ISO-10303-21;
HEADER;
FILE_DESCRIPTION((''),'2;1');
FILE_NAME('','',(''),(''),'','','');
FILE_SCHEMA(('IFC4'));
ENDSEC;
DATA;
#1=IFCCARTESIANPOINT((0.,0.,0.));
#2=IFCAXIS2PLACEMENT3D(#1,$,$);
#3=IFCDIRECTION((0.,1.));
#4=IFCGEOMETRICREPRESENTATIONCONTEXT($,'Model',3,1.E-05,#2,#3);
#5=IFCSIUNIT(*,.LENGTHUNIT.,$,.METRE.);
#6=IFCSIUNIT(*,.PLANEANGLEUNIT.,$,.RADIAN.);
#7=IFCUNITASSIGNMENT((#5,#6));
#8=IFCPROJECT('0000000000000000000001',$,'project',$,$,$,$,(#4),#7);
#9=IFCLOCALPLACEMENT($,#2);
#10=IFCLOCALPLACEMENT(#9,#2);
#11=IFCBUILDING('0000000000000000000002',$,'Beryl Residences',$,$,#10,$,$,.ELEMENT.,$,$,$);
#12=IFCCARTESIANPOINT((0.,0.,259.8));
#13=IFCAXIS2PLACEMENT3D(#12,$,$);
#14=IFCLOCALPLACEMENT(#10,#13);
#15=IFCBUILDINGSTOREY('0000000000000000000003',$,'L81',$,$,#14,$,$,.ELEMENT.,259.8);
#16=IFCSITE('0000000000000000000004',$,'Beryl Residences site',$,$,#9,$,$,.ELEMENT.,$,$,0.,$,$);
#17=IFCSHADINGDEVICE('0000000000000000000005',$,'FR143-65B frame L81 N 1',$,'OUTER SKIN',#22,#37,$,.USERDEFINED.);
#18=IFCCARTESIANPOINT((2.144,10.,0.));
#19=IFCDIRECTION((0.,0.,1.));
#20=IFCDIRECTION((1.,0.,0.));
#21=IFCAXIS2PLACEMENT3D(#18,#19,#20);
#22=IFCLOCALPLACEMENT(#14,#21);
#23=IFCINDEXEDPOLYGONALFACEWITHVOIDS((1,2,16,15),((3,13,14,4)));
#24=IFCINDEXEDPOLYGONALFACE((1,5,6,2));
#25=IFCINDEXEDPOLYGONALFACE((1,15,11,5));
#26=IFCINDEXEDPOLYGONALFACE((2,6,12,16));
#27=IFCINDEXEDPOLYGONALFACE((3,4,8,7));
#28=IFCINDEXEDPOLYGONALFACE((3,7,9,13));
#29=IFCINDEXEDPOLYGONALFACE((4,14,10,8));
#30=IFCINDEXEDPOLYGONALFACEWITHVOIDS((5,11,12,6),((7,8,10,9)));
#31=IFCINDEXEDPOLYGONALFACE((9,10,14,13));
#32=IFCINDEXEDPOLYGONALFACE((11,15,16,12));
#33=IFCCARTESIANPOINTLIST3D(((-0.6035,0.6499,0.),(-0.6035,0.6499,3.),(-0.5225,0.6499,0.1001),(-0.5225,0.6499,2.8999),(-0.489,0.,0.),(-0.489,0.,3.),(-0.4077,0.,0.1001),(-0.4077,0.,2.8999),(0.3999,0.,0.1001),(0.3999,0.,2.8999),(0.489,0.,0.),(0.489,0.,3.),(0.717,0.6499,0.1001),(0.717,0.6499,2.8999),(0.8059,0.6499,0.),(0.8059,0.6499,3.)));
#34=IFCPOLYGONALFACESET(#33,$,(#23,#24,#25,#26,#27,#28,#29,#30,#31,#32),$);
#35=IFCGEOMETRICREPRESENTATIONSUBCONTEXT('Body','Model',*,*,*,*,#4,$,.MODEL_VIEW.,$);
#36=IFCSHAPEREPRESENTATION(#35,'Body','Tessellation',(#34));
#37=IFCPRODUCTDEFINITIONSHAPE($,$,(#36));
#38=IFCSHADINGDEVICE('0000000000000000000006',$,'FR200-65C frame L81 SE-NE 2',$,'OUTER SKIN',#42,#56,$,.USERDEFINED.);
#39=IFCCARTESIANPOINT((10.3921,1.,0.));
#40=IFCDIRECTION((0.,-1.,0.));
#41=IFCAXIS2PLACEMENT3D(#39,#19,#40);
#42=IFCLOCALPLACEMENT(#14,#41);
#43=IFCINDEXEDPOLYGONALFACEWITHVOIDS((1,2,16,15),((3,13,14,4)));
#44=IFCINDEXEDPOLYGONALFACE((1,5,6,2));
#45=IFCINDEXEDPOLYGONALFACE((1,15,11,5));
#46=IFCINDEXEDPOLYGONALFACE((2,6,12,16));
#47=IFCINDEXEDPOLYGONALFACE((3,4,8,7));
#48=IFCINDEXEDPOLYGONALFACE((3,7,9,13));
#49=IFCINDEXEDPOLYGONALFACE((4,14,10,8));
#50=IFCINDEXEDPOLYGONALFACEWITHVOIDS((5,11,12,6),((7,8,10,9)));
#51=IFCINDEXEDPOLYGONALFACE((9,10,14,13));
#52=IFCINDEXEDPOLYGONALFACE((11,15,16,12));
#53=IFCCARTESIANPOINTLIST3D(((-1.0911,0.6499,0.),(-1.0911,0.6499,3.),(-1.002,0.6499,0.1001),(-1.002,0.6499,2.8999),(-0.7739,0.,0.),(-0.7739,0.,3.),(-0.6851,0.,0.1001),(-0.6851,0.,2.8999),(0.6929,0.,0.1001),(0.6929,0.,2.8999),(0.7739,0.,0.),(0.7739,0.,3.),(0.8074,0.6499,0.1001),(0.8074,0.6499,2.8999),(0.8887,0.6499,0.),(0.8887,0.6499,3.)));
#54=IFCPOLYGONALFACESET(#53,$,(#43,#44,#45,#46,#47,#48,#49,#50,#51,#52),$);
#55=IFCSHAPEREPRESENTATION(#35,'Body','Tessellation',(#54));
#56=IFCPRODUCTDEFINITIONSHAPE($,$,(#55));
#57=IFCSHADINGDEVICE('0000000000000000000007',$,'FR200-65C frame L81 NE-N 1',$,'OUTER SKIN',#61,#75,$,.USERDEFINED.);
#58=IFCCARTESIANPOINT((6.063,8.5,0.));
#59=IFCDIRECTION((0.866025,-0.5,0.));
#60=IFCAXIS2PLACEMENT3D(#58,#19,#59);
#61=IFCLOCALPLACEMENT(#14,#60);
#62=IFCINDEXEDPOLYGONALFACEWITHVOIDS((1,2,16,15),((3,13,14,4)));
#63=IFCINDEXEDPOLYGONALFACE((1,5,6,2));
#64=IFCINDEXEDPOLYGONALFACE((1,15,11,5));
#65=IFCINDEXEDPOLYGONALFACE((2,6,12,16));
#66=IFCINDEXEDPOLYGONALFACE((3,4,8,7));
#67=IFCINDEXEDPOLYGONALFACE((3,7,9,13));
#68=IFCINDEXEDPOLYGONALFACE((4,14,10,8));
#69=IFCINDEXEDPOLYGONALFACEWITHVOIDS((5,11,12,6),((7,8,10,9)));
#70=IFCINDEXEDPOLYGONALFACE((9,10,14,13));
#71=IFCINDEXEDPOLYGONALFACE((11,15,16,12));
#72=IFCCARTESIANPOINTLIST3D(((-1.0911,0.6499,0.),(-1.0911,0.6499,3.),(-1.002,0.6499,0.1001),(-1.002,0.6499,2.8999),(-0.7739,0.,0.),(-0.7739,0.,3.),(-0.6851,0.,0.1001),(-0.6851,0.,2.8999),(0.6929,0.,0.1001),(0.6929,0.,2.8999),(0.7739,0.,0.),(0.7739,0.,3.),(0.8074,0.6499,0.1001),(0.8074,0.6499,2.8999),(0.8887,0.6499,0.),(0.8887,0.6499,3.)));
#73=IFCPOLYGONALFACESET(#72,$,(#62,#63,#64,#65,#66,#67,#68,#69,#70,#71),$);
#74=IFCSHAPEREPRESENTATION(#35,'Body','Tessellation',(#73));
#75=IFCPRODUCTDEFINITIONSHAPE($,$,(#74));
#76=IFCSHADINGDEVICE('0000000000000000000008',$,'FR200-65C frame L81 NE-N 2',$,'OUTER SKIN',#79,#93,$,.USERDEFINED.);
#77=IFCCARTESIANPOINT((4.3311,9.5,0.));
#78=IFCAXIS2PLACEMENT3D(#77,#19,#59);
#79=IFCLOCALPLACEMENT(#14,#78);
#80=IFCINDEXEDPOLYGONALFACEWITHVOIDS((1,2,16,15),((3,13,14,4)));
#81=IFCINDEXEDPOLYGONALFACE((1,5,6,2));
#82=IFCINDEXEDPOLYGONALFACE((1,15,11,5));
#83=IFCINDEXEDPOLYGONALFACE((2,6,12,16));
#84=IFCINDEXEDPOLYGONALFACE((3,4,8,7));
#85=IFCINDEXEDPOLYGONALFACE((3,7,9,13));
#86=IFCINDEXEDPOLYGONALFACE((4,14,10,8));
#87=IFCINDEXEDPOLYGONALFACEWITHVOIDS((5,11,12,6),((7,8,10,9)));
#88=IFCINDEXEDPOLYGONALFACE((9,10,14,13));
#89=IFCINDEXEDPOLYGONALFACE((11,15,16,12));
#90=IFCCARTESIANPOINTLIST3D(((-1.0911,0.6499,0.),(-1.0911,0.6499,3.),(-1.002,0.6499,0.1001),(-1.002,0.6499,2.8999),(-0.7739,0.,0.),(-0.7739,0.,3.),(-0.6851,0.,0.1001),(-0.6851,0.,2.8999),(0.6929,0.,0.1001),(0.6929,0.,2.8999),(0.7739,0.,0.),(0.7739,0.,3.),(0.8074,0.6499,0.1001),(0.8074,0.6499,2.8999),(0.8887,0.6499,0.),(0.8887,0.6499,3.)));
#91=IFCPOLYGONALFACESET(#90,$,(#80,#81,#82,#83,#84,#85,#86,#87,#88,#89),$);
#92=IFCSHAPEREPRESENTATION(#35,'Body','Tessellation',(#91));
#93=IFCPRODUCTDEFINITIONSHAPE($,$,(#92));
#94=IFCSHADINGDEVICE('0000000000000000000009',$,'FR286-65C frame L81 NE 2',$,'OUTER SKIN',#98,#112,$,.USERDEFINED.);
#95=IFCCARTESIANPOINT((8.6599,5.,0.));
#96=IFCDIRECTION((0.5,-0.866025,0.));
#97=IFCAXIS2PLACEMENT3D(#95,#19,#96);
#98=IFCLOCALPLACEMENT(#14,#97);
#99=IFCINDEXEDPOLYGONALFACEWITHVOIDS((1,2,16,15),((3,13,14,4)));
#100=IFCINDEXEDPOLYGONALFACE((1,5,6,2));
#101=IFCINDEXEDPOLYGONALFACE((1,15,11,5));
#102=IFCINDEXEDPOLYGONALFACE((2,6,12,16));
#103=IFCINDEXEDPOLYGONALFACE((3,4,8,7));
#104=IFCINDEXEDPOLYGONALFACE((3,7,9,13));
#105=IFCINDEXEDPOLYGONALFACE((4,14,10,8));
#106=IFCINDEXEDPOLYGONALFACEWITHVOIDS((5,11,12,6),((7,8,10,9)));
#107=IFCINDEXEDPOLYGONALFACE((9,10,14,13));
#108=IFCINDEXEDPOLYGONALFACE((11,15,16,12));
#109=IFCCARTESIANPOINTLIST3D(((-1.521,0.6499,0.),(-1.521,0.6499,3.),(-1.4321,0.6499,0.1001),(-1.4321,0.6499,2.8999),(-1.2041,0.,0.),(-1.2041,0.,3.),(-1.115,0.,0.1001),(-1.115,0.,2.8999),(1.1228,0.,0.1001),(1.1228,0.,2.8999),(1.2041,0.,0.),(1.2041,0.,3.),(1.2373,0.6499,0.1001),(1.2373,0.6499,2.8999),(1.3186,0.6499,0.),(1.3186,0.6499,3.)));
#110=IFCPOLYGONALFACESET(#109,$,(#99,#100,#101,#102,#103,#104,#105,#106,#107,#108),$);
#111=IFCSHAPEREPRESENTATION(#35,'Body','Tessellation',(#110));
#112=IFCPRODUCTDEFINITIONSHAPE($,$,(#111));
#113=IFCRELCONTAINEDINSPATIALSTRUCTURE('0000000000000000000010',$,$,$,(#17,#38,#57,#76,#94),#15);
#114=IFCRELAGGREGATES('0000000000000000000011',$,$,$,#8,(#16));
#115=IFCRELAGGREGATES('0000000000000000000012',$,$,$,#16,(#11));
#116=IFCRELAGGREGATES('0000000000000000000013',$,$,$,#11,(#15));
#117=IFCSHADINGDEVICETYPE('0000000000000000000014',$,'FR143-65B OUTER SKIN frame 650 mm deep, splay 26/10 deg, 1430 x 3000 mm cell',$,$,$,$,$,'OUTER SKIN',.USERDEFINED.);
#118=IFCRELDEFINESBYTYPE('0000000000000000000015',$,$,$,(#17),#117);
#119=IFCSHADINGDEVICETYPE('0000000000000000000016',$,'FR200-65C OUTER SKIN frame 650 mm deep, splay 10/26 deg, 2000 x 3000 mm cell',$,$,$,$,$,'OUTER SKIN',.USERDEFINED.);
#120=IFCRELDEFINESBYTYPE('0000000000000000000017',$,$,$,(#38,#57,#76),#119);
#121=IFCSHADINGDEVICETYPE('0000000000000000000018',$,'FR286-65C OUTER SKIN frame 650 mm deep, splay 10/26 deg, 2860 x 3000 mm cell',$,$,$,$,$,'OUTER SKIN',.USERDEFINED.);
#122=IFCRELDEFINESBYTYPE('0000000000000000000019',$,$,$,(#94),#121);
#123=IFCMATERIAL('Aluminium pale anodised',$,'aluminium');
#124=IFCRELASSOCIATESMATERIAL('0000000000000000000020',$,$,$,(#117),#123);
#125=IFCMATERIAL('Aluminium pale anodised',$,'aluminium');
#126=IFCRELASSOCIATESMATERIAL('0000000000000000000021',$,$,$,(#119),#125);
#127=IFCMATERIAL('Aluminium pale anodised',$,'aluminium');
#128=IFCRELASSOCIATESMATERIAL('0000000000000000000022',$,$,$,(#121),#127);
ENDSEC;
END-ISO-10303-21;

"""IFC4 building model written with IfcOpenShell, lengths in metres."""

from ifc_helpers import new_model, entity, si_unit, direction, frame, origin, place, context, subcontext, project, spatial, source, transform, mapped, material, type_object, type_shapes, element, save


model = new_model("IFC4")

# Units and contexts
model_context = context("Model", 3, precision=1e-05, world=origin(), true_north=direction((0.0, 1.0)))
body_context = subcontext(model_context, "Body", "Model", "MODEL_VIEW")
ifc_project = project(units=[si_unit("LENGTHUNIT", "METRE"), si_unit("PLANEANGLEUNIT", "RADIAN")], contexts=[model_context])

# Site, building, storey
site_placement = place(None, origin())
site = spatial("IfcSite", under=ifc_project, at=site_placement, Name="Beryl Residences site", CompositionType="ELEMENT", RefElevation=0.0)
building_placement = place(site_placement, origin())
building = spatial("IfcBuilding", under=site, at=building_placement, Name="Beryl Residences", CompositionType="ELEMENT")
storey_placement = place(building_placement, frame((0.0, 0.0, 259.8)))
storey = spatial("IfcBuildingStorey", under=building, at=storey_placement, Name="L81", CompositionType="ELEMENT", Elevation=259.8)

# Shading devices
ifc_material_1 = material(Name="Aluminium pale anodised", Category="aluminium")
shading_device_type_1 = type_object("IfcShadingDeviceType", Name="FR143-65B OUTER SKIN frame 650 mm deep, splay 26/10 deg, 1430 x 3000 mm cell", ElementType="OUTER SKIN", PredefinedType="USERDEFINED", material=ifc_material_1)
cartesian_point_1 = entity("IfcCartesianPoint", [-0.489, 0.0])
cartesian_point_2 = entity("IfcCartesianPoint", [-0.3999, 0.1001])
cartesian_point_3 = entity("IfcCartesianPoint", [-0.8059, 0.0])
cartesian_point_4 = entity("IfcCartesianPoint", [-0.717, 0.1001])
shared_shape_1 = source(origin(), body_context, "Body", "SweptSolid", [
    entity("IfcExtrudedAreaSolidTapered", entity("IfcArbitraryProfileDefWithVoids", "AREA", None, entity("IfcPolyline", [cartesian_point_1, entity("IfcCartesianPoint", [0.489, 0.0]), entity("IfcCartesianPoint", [0.489, 3.0]), entity("IfcCartesianPoint", [-0.489, 3.0]), cartesian_point_1]), [entity("IfcPolyline", [cartesian_point_2, entity("IfcCartesianPoint", [0.4077, 0.1001]), entity("IfcCartesianPoint", [0.4077, 2.8999]), entity("IfcCartesianPoint", [-0.3999, 2.8999]), cartesian_point_2])]), entity("IfcAxis2Placement3D", entity("IfcCartesianPoint", [0.0, 0.0, 0.0]), entity("IfcDirection", [0.0, 1.0, 0.0]), entity("IfcDirection", [-1.0, 0.0, 0.0])), entity("IfcDirection", [0.0, 0.0, 1.0]), 0.6499, entity("IfcArbitraryProfileDefWithVoids", "AREA", None, entity("IfcPolyline", [cartesian_point_3, entity("IfcCartesianPoint", [0.6035, 0.0]), entity("IfcCartesianPoint", [0.6035, 3.0]), entity("IfcCartesianPoint", [-0.8059, 3.0]), cartesian_point_3]), [entity("IfcPolyline", [cartesian_point_4, entity("IfcCartesianPoint", [0.5225, 0.1001]), entity("IfcCartesianPoint", [0.5225, 2.8999]), entity("IfcCartesianPoint", [-0.717, 2.8999]), cartesian_point_4])])),
])
type_shapes(shading_device_type_1, [shared_shape_1])
shading_device_1_placement = place(storey_placement, frame((2.144, 10.0, 0.0), z_axis=(0.0, 0.0, 1.0), x_axis=(1.0, 0.0, 0.0)))
element("IfcShadingDevice", 1, at=shading_device_1_placement, inside=storey, type_object=shading_device_type_1, Name="FR143-65B frame L81 N 1", ObjectType="OUTER SKIN", PredefinedType="USERDEFINED", context=body_context, shape_type="MappedRepresentation", body=[
    mapped(shared_shape_1, transform((0.0, 0.0, 0.0))),
])
ifc_material_2 = material(Name="Aluminium pale anodised", Category="aluminium")
shading_device_type_2 = type_object("IfcShadingDeviceType", Name="FR200-65C OUTER SKIN frame 650 mm deep, splay 10/26 deg, 2000 x 3000 mm cell", ElementType="OUTER SKIN", PredefinedType="USERDEFINED", material=ifc_material_2)
cartesian_point_5 = entity("IfcCartesianPoint", [-0.7739, 0.0])
cartesian_point_6 = entity("IfcCartesianPoint", [-0.6929, 0.1001])
cartesian_point_7 = entity("IfcCartesianPoint", [-0.8887, 0.0])
cartesian_point_8 = entity("IfcCartesianPoint", [-0.8074, 0.1001])
shared_shape_2 = source(origin(), body_context, "Body", "SweptSolid", [
    entity("IfcExtrudedAreaSolidTapered", entity("IfcArbitraryProfileDefWithVoids", "AREA", None, entity("IfcPolyline", [cartesian_point_5, entity("IfcCartesianPoint", [0.7739, 0.0]), entity("IfcCartesianPoint", [0.7739, 3.0]), entity("IfcCartesianPoint", [-0.7739, 3.0]), cartesian_point_5]), [entity("IfcPolyline", [cartesian_point_6, entity("IfcCartesianPoint", [0.6851, 0.1001]), entity("IfcCartesianPoint", [0.6851, 2.8999]), entity("IfcCartesianPoint", [-0.6929, 2.8999]), cartesian_point_6])]), entity("IfcAxis2Placement3D", entity("IfcCartesianPoint", [0.0, 0.0, 0.0]), entity("IfcDirection", [0.0, 1.0, 0.0]), entity("IfcDirection", [-1.0, 0.0, 0.0])), entity("IfcDirection", [0.0, 0.0, 1.0]), 0.6499, entity("IfcArbitraryProfileDefWithVoids", "AREA", None, entity("IfcPolyline", [cartesian_point_7, entity("IfcCartesianPoint", [1.0911, 0.0]), entity("IfcCartesianPoint", [1.0911, 3.0]), entity("IfcCartesianPoint", [-0.8887, 3.0]), cartesian_point_7]), [entity("IfcPolyline", [cartesian_point_8, entity("IfcCartesianPoint", [1.002, 0.1001]), entity("IfcCartesianPoint", [1.002, 2.8999]), entity("IfcCartesianPoint", [-0.8074, 2.8999]), cartesian_point_8])])),
])
type_shapes(shading_device_type_2, [shared_shape_2])
for number, where, z_axis, x_axis, name in (
    (2, (10.3921, 1.0, 0.0), (0.0, 0.0, 1.0), (0.0, -1.0, 0.0), "FR200-65C frame L81 SE-NE 2"),
    (3, (6.063, 8.5, 0.0), (0.0, 0.0, 1.0), (0.866025, -0.5, 0.0), "FR200-65C frame L81 NE-N 1"),
    (4, (4.3311, 9.5, 0.0), (0.0, 0.0, 1.0), (0.866025, -0.5, 0.0), "FR200-65C frame L81 NE-N 2"),
):
    element("IfcShadingDevice", number, at=place(storey_placement, frame(where, z_axis=z_axis, x_axis=x_axis)), inside=storey, type_object=shading_device_type_2, Name=name, ObjectType="OUTER SKIN", PredefinedType="USERDEFINED", context=body_context, shape_type="MappedRepresentation", body=[
        mapped(shared_shape_2, transform((0.0, 0.0, 0.0))),
    ])
ifc_material_3 = material(Name="Aluminium pale anodised", Category="aluminium")
shading_device_type_3 = type_object("IfcShadingDeviceType", Name="FR286-65C OUTER SKIN frame 650 mm deep, splay 10/26 deg, 2860 x 3000 mm cell", ElementType="OUTER SKIN", PredefinedType="USERDEFINED", material=ifc_material_3)
cartesian_point_9 = entity("IfcCartesianPoint", [-1.2041, 0.0])
cartesian_point_10 = entity("IfcCartesianPoint", [-1.1228, 0.1001])
cartesian_point_11 = entity("IfcCartesianPoint", [-1.3186, 0.0])
cartesian_point_12 = entity("IfcCartesianPoint", [-1.2373, 0.1001])
shared_shape_3 = source(origin(), body_context, "Body", "SweptSolid", [
    entity("IfcExtrudedAreaSolidTapered", entity("IfcArbitraryProfileDefWithVoids", "AREA", None, entity("IfcPolyline", [cartesian_point_9, entity("IfcCartesianPoint", [1.2041, 0.0]), entity("IfcCartesianPoint", [1.2041, 3.0]), entity("IfcCartesianPoint", [-1.2041, 3.0]), cartesian_point_9]), [entity("IfcPolyline", [cartesian_point_10, entity("IfcCartesianPoint", [1.115, 0.1001]), entity("IfcCartesianPoint", [1.115, 2.8999]), entity("IfcCartesianPoint", [-1.1228, 2.8999]), cartesian_point_10])]), entity("IfcAxis2Placement3D", entity("IfcCartesianPoint", [0.0, 0.0, 0.0]), entity("IfcDirection", [0.0, 1.0, 0.0]), entity("IfcDirection", [-1.0, 0.0, 0.0])), entity("IfcDirection", [0.0, 0.0, 1.0]), 0.6499, entity("IfcArbitraryProfileDefWithVoids", "AREA", None, entity("IfcPolyline", [cartesian_point_11, entity("IfcCartesianPoint", [1.521, 0.0]), entity("IfcCartesianPoint", [1.521, 3.0]), entity("IfcCartesianPoint", [-1.3186, 3.0]), cartesian_point_11]), [entity("IfcPolyline", [cartesian_point_12, entity("IfcCartesianPoint", [1.4321, 0.1001]), entity("IfcCartesianPoint", [1.4321, 2.8999]), entity("IfcCartesianPoint", [-1.2373, 2.8999]), cartesian_point_12])])),
])
type_shapes(shading_device_type_3, [shared_shape_3])
shading_device_2_placement = place(storey_placement, frame((8.6599, 5.0, 0.0), z_axis=(0.0, 0.0, 1.0), x_axis=(0.5, -0.866025, 0.0)))
element("IfcShadingDevice", 5, at=shading_device_2_placement, inside=storey, type_object=shading_device_type_3, Name="FR286-65C frame L81 NE 2", ObjectType="OUTER SKIN", PredefinedType="USERDEFINED", context=body_context, shape_type="MappedRepresentation", body=[
    mapped(shared_shape_3, transform((0.0, 0.0, 0.0))),
])

save(model, "model.ifc")
